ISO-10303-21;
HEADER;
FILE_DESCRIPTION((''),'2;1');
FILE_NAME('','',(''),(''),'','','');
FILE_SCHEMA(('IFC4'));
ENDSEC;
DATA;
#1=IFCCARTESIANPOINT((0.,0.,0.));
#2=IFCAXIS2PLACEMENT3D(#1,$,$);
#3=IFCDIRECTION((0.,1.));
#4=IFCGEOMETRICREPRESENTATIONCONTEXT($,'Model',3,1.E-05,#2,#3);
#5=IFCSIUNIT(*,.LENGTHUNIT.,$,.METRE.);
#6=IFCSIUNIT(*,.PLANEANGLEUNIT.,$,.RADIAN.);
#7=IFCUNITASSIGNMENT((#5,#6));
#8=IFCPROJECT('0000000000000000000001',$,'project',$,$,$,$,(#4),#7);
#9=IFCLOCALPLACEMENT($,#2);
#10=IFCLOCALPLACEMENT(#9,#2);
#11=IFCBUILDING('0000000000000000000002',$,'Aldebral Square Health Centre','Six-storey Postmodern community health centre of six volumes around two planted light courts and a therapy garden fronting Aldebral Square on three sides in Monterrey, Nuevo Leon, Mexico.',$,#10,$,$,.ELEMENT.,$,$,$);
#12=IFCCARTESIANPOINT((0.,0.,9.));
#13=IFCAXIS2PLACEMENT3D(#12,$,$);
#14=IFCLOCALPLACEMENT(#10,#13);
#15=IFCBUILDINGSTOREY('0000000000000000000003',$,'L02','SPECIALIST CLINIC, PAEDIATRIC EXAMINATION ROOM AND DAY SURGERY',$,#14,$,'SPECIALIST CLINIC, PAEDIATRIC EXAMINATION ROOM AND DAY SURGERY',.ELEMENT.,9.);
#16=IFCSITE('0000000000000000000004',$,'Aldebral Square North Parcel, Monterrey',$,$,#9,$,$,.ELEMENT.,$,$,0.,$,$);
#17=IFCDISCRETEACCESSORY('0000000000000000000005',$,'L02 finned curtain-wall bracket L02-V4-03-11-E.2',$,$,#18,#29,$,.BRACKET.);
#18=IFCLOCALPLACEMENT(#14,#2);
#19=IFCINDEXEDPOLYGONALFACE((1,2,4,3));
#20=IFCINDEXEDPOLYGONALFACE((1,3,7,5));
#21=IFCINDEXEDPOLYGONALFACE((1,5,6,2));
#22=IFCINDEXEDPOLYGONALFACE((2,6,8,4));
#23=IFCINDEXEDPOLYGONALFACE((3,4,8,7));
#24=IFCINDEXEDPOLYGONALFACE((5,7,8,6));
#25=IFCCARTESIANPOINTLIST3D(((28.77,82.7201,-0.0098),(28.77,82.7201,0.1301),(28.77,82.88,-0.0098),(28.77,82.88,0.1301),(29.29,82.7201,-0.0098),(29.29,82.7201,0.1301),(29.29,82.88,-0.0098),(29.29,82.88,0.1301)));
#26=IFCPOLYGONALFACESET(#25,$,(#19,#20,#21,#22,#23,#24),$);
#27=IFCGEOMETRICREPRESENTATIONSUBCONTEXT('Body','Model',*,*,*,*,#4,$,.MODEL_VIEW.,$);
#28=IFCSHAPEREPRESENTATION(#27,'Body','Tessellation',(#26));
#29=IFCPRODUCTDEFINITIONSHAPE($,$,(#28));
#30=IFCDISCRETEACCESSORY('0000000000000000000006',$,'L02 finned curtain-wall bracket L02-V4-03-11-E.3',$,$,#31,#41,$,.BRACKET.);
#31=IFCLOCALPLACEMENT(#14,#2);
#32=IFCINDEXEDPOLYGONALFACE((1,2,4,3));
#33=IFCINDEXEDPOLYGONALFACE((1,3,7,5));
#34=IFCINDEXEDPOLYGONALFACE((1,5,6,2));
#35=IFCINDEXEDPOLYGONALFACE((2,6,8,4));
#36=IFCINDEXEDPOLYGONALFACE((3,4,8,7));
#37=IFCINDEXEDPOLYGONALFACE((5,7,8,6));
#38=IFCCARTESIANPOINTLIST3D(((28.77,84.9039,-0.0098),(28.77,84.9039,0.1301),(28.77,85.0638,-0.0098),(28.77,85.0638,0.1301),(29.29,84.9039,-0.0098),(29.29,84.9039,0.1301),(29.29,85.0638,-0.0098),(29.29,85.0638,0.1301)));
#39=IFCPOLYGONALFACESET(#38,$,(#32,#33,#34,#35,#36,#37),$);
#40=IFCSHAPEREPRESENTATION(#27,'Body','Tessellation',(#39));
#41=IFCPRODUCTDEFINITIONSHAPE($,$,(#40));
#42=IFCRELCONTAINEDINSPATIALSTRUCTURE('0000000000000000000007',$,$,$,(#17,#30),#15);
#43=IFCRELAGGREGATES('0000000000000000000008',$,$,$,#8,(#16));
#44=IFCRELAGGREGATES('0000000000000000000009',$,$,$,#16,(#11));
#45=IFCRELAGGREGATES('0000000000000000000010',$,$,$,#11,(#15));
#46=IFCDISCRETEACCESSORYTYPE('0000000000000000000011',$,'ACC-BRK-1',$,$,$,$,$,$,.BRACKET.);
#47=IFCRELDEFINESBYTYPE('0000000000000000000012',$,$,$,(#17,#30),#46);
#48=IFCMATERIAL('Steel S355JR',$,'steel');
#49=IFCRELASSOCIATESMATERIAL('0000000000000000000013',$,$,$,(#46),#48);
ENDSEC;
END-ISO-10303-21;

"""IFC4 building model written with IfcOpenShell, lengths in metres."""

from ifc_helpers import new_model, si_unit, direction, frame, origin, origin_2d, place, context, subcontext, project, spatial, rectangle, extrude, material, type_object, element, save


model = new_model("IFC4")

# Units and contexts
model_context = context("Model", 3, precision=1e-05, world=origin(), true_north=direction((0.0, 1.0)))
body_context = subcontext(model_context, "Body", "Model", "MODEL_VIEW")
ifc_project = project(units=[si_unit("LENGTHUNIT", "METRE"), si_unit("PLANEANGLEUNIT", "RADIAN")], contexts=[model_context])

# Site, building, storey
site_placement = place(None, origin())
site = spatial("IfcSite", under=ifc_project, at=site_placement, Name="Aldebral Square North Parcel, Monterrey", CompositionType="ELEMENT", RefElevation=0.0)
building_placement = place(site_placement, origin())
building = spatial("IfcBuilding", under=site, at=building_placement, Name="Aldebral Square Health Centre", Description="Six-storey Postmodern community health centre of six volumes around two planted light courts and a therapy garden fronting Aldebral Square on three sides in Monterrey, Nuevo Leon, Mexico.", CompositionType="ELEMENT")
storey_placement = place(building_placement, frame((0.0, 0.0, 9.0)))
storey = spatial("IfcBuildingStorey", under=building, at=storey_placement, Name="L02", Description="SPECIALIST CLINIC, PAEDIATRIC EXAMINATION ROOM AND DAY SURGERY", LongName="SPECIALIST CLINIC, PAEDIATRIC EXAMINATION ROOM AND DAY SURGERY", CompositionType="ELEMENT", Elevation=9.0)

# Discrete accessories
ifc_material_1 = material(Name="Steel S355JR", Category="steel")
discrete_accessory_type = type_object("IfcDiscreteAccessoryType", Name="ACC-BRK-1", PredefinedType="BRACKET", material=ifc_material_1)
for number, where, z_axis, x_axis, name in (
    (1, (29.03, 82.8, -0.0098), (0.0, 0.0, 1.0), (0.0, 1.0, 0.0), "L02 finned curtain-wall bracket L02-V4-03-11-E.2"),
    (2, (29.03, 84.9839, -0.0098), (0.0, 0.0, 1.0), (0.0, 1.0, 0.0), "L02 finned curtain-wall bracket L02-V4-03-11-E.3"),
):
    element("IfcDiscreteAccessory", number, at=place(storey_placement, frame(where, z_axis=z_axis, x_axis=x_axis)), inside=storey, type_object=discrete_accessory_type, Name=name, PredefinedType="BRACKET", context=body_context, shape_type="SweptSolid", body=[
        extrude(rectangle(XDim=0.1599, YDim=0.52, at=origin_2d()), origin(), (0.0, 0.0, 1.0), 0.1399),
    ])

save(model, "model.ifc")
